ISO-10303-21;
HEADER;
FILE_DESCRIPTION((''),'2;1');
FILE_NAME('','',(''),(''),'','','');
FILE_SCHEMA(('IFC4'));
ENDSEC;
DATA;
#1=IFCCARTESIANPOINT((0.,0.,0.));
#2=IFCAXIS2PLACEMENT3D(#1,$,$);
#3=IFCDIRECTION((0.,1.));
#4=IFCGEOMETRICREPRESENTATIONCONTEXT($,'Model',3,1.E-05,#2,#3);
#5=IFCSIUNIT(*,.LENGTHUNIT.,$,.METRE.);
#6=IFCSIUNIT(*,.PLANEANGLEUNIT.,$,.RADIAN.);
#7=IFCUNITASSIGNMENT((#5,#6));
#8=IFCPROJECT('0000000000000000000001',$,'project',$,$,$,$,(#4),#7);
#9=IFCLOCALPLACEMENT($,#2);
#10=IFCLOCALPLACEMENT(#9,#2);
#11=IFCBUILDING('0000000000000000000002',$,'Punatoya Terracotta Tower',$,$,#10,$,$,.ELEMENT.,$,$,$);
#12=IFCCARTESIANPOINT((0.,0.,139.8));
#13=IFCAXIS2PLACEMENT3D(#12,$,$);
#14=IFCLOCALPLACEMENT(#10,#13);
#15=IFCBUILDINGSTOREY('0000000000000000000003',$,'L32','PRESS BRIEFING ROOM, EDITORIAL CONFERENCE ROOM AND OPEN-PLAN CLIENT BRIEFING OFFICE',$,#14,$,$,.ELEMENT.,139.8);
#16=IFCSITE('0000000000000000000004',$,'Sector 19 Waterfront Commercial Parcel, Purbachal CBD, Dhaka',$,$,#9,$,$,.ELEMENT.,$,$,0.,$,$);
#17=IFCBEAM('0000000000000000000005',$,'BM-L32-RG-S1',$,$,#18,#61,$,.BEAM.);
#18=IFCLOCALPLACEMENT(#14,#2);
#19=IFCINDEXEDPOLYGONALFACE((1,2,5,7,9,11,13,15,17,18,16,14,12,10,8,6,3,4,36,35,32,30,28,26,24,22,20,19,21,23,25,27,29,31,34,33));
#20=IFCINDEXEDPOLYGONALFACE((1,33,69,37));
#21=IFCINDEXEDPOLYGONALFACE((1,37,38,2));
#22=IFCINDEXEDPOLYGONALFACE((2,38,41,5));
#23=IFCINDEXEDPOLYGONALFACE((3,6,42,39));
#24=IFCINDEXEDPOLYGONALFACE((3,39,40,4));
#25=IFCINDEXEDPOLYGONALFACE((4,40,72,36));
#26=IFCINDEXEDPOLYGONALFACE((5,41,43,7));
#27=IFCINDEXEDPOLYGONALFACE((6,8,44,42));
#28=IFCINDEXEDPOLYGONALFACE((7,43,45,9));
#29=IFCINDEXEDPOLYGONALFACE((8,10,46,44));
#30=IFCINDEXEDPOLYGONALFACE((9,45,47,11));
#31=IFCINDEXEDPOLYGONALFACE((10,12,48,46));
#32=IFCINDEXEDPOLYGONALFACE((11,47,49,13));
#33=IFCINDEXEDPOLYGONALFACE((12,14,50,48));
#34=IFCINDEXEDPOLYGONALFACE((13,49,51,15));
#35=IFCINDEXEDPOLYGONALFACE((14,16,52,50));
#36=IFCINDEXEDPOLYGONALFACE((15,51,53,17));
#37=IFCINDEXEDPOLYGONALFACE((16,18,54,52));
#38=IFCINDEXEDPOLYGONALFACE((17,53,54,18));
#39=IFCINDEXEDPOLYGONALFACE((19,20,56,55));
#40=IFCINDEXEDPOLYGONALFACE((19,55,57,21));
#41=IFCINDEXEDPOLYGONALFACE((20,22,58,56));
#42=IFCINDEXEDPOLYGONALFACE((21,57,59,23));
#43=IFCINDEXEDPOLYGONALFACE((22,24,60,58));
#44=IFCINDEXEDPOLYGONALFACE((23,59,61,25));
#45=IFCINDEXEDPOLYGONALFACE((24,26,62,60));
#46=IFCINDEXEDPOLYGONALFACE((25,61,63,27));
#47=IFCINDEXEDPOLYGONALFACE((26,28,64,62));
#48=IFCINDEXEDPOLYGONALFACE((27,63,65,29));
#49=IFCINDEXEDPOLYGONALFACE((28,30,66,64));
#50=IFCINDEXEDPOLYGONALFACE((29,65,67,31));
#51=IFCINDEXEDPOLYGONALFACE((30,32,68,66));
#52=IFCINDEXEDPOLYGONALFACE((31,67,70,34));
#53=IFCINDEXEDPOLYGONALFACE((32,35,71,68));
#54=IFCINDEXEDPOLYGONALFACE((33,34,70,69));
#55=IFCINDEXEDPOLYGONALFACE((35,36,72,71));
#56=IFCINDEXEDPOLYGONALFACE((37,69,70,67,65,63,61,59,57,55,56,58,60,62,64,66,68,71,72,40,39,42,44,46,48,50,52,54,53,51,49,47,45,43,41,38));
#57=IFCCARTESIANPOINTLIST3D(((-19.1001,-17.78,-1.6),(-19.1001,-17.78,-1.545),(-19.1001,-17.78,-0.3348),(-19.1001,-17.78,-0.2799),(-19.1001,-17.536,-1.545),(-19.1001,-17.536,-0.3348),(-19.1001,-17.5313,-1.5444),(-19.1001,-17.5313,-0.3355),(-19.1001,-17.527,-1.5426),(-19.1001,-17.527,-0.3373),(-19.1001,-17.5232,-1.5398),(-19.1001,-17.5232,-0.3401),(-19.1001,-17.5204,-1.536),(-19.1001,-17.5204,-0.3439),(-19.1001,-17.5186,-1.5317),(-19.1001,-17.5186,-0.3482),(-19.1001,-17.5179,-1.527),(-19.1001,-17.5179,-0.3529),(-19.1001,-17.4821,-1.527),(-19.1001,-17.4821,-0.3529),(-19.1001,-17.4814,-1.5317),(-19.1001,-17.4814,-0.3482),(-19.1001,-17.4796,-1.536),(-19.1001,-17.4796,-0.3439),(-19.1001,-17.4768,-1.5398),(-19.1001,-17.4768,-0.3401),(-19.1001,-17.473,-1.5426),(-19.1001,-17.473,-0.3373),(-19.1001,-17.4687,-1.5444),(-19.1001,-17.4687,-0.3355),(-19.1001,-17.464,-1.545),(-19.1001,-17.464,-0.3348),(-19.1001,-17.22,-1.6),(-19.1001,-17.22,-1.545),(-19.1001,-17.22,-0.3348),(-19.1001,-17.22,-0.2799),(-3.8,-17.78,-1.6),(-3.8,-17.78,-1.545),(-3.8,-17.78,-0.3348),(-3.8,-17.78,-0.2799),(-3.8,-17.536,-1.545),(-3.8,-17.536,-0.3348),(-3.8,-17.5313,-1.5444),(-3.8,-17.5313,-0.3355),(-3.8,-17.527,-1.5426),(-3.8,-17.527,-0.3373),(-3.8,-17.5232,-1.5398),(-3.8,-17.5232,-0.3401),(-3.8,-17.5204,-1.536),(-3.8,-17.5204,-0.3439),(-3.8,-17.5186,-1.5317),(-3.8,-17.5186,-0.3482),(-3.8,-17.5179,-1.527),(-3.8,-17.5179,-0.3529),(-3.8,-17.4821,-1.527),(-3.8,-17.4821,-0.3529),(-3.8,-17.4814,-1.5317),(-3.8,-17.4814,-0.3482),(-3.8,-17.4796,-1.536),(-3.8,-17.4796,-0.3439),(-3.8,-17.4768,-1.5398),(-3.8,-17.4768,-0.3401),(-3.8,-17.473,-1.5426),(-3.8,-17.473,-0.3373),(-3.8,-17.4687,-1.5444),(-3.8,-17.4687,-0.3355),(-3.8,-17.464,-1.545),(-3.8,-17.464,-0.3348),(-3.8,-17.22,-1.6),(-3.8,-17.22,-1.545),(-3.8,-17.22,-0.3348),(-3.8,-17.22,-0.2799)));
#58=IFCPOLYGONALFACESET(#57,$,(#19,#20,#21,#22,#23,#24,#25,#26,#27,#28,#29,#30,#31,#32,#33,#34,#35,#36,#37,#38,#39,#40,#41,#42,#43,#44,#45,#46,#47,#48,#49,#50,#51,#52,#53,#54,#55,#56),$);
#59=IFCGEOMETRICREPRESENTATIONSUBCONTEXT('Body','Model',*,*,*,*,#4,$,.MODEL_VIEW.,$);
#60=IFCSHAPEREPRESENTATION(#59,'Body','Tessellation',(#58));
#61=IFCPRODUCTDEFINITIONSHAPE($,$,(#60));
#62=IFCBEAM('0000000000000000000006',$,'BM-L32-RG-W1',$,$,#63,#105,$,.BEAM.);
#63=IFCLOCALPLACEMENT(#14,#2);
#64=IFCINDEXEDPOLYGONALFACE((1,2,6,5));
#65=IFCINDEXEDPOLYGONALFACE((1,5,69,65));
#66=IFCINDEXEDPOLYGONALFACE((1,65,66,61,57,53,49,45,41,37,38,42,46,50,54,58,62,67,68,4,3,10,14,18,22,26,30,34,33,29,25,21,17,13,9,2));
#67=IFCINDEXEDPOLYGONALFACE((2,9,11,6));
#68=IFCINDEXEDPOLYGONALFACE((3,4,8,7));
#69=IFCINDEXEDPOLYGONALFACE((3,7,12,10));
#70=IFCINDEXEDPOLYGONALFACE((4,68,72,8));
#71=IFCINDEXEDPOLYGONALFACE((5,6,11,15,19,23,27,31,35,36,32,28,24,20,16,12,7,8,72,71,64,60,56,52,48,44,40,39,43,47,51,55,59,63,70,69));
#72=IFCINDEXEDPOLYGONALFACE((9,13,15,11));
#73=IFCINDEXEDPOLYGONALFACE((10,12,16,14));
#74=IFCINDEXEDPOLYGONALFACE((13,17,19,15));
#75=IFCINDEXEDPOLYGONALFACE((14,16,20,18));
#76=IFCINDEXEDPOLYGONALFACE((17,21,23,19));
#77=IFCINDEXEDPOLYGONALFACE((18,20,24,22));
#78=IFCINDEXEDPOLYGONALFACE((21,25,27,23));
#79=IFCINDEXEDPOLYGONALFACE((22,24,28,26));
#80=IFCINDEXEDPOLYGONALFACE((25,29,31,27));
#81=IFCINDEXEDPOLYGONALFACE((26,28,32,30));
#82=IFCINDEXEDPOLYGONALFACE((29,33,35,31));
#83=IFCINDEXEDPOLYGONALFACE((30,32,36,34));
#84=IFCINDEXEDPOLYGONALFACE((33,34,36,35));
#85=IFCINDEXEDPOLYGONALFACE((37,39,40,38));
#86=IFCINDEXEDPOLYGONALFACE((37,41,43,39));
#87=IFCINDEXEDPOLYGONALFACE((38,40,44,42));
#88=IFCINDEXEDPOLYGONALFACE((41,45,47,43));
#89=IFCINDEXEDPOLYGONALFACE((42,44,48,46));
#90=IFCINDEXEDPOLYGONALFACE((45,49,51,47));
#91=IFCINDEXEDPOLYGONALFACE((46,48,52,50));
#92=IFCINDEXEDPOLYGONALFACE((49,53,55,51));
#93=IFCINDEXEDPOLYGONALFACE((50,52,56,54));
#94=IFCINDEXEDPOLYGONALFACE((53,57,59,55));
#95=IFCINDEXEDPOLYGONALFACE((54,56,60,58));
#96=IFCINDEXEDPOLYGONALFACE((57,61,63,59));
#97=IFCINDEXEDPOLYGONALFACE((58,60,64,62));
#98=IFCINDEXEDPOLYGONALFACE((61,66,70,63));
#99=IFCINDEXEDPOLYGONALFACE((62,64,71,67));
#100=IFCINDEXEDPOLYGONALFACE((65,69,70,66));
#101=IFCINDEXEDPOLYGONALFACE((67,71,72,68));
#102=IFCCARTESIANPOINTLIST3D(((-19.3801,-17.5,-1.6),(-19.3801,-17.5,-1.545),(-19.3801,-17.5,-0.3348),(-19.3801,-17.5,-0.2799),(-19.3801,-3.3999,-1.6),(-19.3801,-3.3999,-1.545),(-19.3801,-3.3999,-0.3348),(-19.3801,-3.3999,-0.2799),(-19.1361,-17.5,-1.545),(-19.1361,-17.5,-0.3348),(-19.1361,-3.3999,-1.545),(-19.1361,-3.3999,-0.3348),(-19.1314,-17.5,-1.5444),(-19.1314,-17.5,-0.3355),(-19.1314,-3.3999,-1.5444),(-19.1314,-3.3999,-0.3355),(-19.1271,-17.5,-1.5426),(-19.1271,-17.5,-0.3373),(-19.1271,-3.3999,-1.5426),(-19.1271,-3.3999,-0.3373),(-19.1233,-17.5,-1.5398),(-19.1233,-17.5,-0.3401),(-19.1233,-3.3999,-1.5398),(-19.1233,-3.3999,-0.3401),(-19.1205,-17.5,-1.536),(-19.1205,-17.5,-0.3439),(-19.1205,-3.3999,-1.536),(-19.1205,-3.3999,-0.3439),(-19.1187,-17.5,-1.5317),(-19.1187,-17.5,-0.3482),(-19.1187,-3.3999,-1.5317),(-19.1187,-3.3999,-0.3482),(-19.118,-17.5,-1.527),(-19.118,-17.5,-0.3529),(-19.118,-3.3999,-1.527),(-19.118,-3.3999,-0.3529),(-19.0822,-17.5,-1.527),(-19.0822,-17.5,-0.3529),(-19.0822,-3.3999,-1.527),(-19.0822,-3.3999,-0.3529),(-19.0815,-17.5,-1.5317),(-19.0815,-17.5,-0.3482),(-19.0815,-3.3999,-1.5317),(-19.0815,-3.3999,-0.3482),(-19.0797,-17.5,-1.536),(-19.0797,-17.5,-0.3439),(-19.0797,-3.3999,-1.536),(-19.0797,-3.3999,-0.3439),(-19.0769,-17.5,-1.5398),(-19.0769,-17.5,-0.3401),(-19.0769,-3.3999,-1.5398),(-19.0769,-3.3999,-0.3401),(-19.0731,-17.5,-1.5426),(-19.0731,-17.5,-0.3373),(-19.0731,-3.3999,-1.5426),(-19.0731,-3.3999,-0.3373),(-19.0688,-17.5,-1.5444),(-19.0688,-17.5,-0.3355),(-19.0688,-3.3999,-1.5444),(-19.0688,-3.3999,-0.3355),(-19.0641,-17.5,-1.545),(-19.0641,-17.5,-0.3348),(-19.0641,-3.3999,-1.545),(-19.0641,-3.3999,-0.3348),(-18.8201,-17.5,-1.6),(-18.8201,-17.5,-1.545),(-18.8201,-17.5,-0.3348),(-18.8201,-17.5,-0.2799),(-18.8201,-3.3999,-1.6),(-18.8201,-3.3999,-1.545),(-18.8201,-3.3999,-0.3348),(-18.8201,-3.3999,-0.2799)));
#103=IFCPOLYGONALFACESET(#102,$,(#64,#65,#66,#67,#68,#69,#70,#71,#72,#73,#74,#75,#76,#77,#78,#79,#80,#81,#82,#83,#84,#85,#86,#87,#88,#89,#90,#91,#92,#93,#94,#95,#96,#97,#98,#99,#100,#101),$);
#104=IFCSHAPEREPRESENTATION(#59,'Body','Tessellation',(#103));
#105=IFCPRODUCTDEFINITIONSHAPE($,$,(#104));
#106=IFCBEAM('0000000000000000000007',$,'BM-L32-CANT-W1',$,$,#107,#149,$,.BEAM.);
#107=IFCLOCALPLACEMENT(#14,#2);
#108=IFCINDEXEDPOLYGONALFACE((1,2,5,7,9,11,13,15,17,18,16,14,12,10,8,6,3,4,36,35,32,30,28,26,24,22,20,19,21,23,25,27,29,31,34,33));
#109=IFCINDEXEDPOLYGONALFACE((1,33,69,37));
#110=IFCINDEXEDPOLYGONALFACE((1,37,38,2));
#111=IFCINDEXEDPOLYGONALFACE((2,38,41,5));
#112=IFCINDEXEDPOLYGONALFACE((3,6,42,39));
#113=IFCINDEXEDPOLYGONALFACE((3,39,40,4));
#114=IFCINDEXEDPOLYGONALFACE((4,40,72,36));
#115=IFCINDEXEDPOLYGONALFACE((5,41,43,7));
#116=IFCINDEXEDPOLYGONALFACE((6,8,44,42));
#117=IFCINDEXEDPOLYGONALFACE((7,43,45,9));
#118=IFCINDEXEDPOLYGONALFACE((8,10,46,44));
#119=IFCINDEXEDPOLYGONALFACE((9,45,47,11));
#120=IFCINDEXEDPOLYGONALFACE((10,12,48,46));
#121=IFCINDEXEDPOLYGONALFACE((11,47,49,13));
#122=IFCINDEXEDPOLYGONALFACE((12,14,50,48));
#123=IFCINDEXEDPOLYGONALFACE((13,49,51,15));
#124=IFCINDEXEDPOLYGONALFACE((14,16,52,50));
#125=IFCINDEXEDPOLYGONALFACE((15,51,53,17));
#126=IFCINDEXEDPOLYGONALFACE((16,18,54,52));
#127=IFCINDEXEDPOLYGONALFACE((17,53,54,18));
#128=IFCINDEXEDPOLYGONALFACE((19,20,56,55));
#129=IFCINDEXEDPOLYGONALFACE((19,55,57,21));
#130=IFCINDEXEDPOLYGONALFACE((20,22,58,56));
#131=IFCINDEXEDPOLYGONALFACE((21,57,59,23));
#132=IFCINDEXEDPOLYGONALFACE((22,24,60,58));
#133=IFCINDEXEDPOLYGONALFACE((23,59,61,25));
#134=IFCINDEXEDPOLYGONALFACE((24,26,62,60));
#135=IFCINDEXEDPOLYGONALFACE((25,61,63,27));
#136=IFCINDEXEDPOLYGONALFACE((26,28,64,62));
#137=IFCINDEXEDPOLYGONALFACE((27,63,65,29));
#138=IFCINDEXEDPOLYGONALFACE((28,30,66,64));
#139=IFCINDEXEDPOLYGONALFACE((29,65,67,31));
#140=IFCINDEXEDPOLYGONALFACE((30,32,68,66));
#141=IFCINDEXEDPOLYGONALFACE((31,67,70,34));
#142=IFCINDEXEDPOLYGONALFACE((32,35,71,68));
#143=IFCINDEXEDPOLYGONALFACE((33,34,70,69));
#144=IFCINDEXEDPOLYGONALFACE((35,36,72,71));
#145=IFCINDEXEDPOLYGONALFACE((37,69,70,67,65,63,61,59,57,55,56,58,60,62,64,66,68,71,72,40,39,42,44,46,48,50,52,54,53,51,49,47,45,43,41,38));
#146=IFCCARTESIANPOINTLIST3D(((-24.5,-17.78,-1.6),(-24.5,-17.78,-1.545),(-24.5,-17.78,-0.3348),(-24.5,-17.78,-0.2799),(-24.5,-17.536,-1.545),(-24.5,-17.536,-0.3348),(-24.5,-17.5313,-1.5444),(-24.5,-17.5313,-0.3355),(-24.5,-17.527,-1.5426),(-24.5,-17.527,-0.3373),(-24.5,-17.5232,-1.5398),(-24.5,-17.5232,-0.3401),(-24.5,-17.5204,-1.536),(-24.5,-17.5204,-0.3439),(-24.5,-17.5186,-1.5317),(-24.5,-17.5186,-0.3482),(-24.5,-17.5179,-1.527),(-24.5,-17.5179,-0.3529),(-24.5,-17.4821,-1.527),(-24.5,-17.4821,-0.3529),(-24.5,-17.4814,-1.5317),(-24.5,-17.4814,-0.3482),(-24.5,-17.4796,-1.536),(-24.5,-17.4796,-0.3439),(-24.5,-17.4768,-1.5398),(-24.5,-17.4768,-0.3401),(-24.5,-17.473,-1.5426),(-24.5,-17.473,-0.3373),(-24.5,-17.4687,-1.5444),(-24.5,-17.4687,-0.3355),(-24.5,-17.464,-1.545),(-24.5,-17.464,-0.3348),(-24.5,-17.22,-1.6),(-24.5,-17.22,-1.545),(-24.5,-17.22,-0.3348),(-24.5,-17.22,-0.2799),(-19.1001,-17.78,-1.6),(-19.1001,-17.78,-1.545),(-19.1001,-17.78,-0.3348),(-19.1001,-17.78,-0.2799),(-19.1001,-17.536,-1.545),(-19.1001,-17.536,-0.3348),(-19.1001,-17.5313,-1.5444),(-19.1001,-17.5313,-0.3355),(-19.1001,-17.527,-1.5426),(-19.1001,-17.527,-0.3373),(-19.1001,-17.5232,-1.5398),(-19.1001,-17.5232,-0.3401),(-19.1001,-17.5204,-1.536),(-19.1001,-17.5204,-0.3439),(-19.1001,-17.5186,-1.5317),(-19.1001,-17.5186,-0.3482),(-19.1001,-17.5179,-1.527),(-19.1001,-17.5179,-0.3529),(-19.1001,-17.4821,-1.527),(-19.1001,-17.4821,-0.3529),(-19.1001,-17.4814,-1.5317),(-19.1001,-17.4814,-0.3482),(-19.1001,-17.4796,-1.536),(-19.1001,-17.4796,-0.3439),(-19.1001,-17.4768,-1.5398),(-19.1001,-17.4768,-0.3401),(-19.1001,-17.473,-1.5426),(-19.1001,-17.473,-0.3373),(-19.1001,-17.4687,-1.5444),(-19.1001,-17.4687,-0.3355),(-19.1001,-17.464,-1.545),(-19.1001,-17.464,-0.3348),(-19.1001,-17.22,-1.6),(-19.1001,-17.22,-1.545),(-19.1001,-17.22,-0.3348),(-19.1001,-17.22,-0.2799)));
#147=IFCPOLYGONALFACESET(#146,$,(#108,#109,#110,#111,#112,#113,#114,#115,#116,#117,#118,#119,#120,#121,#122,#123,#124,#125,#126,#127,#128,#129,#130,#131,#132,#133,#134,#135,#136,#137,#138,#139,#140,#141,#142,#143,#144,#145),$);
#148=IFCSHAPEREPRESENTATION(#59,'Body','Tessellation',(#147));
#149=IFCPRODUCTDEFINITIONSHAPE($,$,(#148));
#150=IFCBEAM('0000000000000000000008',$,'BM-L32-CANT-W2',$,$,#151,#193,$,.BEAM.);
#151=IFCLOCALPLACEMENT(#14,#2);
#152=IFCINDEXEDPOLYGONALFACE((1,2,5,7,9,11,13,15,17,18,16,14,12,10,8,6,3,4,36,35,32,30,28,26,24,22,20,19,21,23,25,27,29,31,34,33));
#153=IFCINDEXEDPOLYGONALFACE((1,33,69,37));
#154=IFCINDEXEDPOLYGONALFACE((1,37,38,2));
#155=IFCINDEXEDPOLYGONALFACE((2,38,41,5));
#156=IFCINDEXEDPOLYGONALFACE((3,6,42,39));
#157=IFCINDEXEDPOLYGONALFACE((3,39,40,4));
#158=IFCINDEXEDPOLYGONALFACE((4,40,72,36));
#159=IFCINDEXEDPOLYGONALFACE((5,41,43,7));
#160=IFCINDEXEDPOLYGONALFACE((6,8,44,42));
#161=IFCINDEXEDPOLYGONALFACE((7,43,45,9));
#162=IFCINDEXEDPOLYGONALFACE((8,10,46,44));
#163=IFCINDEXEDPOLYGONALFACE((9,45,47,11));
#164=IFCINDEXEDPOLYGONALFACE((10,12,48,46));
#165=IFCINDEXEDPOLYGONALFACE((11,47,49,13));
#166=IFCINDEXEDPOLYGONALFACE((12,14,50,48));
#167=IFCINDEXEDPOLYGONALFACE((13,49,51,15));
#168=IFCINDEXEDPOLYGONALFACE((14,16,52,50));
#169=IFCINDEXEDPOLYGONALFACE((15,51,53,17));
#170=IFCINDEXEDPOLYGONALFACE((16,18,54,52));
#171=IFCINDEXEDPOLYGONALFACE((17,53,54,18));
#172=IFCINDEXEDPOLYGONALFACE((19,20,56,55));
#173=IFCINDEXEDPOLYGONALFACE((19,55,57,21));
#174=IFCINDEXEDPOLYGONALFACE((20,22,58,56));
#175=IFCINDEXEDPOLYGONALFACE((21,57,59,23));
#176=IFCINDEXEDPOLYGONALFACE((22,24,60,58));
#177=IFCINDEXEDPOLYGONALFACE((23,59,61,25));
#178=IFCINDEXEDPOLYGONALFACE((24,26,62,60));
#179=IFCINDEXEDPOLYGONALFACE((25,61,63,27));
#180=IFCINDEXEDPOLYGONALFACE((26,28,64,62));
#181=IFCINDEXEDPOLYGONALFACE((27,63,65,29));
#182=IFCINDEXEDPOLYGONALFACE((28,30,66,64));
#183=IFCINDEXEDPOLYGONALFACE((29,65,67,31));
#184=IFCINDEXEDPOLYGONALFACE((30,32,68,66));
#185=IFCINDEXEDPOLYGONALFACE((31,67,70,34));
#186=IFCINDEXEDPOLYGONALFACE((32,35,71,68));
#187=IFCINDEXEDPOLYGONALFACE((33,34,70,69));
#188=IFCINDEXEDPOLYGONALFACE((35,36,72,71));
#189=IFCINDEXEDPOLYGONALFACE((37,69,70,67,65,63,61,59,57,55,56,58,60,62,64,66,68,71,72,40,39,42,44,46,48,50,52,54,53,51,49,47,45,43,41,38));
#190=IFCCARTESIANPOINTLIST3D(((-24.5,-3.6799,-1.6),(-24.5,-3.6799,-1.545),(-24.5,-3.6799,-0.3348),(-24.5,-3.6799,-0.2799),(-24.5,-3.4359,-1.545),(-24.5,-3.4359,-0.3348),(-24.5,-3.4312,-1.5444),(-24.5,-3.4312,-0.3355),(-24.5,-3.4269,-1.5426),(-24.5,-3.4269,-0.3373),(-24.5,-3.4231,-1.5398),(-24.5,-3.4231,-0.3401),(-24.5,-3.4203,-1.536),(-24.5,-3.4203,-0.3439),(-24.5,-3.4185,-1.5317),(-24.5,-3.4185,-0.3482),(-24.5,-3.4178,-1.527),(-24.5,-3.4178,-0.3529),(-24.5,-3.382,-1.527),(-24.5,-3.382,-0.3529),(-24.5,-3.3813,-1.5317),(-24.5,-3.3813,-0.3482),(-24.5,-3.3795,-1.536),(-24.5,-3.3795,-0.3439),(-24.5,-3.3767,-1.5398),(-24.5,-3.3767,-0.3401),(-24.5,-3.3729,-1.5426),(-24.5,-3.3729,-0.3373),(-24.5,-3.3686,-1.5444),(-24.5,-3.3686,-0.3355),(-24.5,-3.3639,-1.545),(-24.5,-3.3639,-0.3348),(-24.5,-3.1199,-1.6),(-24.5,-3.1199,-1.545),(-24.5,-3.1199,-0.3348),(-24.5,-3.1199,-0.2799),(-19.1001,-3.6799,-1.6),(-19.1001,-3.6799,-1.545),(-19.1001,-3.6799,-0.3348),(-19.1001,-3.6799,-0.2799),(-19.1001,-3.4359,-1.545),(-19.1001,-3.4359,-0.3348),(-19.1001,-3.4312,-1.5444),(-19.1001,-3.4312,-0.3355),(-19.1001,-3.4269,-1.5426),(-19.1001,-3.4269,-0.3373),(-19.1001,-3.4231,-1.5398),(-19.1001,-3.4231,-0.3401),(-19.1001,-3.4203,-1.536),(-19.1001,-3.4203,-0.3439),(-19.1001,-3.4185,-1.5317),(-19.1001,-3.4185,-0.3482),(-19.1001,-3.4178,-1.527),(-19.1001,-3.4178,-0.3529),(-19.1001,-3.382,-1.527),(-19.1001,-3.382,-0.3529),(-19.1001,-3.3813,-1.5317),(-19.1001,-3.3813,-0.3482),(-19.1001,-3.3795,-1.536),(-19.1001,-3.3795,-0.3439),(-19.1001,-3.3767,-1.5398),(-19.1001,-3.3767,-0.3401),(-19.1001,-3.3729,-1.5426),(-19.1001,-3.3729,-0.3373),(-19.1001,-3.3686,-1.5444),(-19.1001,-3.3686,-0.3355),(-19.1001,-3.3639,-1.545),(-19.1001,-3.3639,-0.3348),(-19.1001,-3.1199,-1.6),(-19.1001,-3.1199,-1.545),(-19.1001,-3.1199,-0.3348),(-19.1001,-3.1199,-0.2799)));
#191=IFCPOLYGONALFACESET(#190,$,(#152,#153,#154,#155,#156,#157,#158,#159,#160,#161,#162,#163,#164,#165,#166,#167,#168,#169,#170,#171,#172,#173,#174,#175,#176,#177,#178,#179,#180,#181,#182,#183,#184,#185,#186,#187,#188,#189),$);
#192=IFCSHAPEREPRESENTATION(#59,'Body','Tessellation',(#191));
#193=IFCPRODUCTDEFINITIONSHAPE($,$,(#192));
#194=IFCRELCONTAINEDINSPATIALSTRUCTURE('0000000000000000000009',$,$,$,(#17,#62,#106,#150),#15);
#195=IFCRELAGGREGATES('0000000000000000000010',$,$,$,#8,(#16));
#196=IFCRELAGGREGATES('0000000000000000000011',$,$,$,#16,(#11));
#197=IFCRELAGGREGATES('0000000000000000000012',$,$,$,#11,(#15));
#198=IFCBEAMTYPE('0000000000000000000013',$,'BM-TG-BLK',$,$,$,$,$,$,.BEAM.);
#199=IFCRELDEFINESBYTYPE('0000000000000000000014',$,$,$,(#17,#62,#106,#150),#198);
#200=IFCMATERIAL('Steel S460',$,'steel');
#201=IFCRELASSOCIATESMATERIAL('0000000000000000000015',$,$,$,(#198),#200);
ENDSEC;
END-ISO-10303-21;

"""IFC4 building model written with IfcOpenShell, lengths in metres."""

from ifc_helpers import new_model, si_unit, direction, frame, origin, origin_2d, place, context, subcontext, project, spatial, i_section, extrude, material, material_profile, profile_set, type_object, element, save


model = new_model("IFC4")

# Units and contexts
model_context = context("Model", 3, precision=1e-05, world=origin(), true_north=direction((0.0, 1.0)))
body_context = subcontext(model_context, "Body", "Model", "MODEL_VIEW")
ifc_project = project(units=[si_unit("LENGTHUNIT", "METRE"), si_unit("PLANEANGLEUNIT", "RADIAN")], contexts=[model_context])

# Site, building, storey
site_placement = place(None, origin())
site = spatial("IfcSite", under=ifc_project, at=site_placement, Name="Sector 19 Waterfront Commercial Parcel, Purbachal CBD, Dhaka", CompositionType="ELEMENT", RefElevation=0.0)
building_placement = place(site_placement, origin())
building = spatial("IfcBuilding", under=site, at=building_placement, Name="Punatoya Terracotta Tower", CompositionType="ELEMENT")
storey_placement = place(building_placement, frame((0.0, 0.0, 139.8)))
storey = spatial("IfcBuildingStorey", under=building, at=storey_placement, Name="L32", Description="PRESS BRIEFING ROOM, EDITORIAL CONFERENCE ROOM AND OPEN-PLAN CLIENT BRIEFING OFFICE", CompositionType="ELEMENT", Elevation=139.8)

# Shared definitions
ifc_material_1 = material(Name="Steel S460", Category="steel")

# Beams
ifc_material_profile_1 = material_profile(ifc_material_1, i_section(OverallWidth=0.5601, OverallDepth=1.3201, WebThickness=0.0359, FlangeThickness=0.0549, FilletRadius=0.0181, at=origin_2d()))
ifc_profile_set_1 = profile_set([ifc_material_profile_1], Name="Steel S460")
beam_type_1 = type_object("IfcBeamType", Name="BM-TG-BLK", PredefinedType="BEAM", material=ifc_profile_set_1)
beam_1_placement = place(storey_placement, frame((-19.1001, -17.5, -0.9399), z_axis=(1.0, 0.0, 0.0), x_axis=(0.0, 1.0, 0.0)))
element("IfcBeam", 1, at=beam_1_placement, inside=storey, type_object=beam_type_1, Name="BM-L32-RG-S1", PredefinedType="BEAM", context=body_context, shape_type="SweptSolid", body=[
    extrude(i_section(OverallWidth=0.5601, OverallDepth=1.3201, WebThickness=0.0359, FlangeThickness=0.0549, FilletRadius=0.0181, at=origin_2d()), origin(), (0.0, 0.0, 1.0), 15.3),
])
beam_2_placement = place(storey_placement, frame((-19.1001, -17.5, -0.9399), z_axis=(0.0, 1.0, 0.0), x_axis=(-1.0, 0.0, 0.0)))
element("IfcBeam", 2, at=beam_2_placement, inside=storey, type_object=beam_type_1, Name="BM-L32-RG-W1", PredefinedType="BEAM", context=body_context, shape_type="SweptSolid", body=[
    extrude(i_section(OverallWidth=0.5601, OverallDepth=1.3201, WebThickness=0.0359, FlangeThickness=0.0549, FilletRadius=0.0181, at=origin_2d()), origin(), (0.0, 0.0, 1.0), 14.1001),
])
for number, where, z_axis, x_axis, name in (
    (3, (-24.5, -17.5, -0.9399), (1.0, 0.0, 0.0), (0.0, 1.0, 0.0), "BM-L32-CANT-W1"),
    (4, (-24.5, -3.3999, -0.9399), (1.0, 0.0, 0.0), (0.0, 1.0, 0.0), "BM-L32-CANT-W2"),
):
    element("IfcBeam", number, at=place(storey_placement, frame(where, z_axis=z_axis, x_axis=x_axis)), inside=storey, type_object=beam_type_1, Name=name, PredefinedType="BEAM", context=body_context, shape_type="SweptSolid", body=[
        extrude(i_section(OverallWidth=0.5601, OverallDepth=1.3201, WebThickness=0.0359, FlangeThickness=0.0549, FilletRadius=0.0181, at=origin_2d()), origin(), (0.0, 0.0, 1.0), 5.3999),
    ])

save(model, "model.ifc")
